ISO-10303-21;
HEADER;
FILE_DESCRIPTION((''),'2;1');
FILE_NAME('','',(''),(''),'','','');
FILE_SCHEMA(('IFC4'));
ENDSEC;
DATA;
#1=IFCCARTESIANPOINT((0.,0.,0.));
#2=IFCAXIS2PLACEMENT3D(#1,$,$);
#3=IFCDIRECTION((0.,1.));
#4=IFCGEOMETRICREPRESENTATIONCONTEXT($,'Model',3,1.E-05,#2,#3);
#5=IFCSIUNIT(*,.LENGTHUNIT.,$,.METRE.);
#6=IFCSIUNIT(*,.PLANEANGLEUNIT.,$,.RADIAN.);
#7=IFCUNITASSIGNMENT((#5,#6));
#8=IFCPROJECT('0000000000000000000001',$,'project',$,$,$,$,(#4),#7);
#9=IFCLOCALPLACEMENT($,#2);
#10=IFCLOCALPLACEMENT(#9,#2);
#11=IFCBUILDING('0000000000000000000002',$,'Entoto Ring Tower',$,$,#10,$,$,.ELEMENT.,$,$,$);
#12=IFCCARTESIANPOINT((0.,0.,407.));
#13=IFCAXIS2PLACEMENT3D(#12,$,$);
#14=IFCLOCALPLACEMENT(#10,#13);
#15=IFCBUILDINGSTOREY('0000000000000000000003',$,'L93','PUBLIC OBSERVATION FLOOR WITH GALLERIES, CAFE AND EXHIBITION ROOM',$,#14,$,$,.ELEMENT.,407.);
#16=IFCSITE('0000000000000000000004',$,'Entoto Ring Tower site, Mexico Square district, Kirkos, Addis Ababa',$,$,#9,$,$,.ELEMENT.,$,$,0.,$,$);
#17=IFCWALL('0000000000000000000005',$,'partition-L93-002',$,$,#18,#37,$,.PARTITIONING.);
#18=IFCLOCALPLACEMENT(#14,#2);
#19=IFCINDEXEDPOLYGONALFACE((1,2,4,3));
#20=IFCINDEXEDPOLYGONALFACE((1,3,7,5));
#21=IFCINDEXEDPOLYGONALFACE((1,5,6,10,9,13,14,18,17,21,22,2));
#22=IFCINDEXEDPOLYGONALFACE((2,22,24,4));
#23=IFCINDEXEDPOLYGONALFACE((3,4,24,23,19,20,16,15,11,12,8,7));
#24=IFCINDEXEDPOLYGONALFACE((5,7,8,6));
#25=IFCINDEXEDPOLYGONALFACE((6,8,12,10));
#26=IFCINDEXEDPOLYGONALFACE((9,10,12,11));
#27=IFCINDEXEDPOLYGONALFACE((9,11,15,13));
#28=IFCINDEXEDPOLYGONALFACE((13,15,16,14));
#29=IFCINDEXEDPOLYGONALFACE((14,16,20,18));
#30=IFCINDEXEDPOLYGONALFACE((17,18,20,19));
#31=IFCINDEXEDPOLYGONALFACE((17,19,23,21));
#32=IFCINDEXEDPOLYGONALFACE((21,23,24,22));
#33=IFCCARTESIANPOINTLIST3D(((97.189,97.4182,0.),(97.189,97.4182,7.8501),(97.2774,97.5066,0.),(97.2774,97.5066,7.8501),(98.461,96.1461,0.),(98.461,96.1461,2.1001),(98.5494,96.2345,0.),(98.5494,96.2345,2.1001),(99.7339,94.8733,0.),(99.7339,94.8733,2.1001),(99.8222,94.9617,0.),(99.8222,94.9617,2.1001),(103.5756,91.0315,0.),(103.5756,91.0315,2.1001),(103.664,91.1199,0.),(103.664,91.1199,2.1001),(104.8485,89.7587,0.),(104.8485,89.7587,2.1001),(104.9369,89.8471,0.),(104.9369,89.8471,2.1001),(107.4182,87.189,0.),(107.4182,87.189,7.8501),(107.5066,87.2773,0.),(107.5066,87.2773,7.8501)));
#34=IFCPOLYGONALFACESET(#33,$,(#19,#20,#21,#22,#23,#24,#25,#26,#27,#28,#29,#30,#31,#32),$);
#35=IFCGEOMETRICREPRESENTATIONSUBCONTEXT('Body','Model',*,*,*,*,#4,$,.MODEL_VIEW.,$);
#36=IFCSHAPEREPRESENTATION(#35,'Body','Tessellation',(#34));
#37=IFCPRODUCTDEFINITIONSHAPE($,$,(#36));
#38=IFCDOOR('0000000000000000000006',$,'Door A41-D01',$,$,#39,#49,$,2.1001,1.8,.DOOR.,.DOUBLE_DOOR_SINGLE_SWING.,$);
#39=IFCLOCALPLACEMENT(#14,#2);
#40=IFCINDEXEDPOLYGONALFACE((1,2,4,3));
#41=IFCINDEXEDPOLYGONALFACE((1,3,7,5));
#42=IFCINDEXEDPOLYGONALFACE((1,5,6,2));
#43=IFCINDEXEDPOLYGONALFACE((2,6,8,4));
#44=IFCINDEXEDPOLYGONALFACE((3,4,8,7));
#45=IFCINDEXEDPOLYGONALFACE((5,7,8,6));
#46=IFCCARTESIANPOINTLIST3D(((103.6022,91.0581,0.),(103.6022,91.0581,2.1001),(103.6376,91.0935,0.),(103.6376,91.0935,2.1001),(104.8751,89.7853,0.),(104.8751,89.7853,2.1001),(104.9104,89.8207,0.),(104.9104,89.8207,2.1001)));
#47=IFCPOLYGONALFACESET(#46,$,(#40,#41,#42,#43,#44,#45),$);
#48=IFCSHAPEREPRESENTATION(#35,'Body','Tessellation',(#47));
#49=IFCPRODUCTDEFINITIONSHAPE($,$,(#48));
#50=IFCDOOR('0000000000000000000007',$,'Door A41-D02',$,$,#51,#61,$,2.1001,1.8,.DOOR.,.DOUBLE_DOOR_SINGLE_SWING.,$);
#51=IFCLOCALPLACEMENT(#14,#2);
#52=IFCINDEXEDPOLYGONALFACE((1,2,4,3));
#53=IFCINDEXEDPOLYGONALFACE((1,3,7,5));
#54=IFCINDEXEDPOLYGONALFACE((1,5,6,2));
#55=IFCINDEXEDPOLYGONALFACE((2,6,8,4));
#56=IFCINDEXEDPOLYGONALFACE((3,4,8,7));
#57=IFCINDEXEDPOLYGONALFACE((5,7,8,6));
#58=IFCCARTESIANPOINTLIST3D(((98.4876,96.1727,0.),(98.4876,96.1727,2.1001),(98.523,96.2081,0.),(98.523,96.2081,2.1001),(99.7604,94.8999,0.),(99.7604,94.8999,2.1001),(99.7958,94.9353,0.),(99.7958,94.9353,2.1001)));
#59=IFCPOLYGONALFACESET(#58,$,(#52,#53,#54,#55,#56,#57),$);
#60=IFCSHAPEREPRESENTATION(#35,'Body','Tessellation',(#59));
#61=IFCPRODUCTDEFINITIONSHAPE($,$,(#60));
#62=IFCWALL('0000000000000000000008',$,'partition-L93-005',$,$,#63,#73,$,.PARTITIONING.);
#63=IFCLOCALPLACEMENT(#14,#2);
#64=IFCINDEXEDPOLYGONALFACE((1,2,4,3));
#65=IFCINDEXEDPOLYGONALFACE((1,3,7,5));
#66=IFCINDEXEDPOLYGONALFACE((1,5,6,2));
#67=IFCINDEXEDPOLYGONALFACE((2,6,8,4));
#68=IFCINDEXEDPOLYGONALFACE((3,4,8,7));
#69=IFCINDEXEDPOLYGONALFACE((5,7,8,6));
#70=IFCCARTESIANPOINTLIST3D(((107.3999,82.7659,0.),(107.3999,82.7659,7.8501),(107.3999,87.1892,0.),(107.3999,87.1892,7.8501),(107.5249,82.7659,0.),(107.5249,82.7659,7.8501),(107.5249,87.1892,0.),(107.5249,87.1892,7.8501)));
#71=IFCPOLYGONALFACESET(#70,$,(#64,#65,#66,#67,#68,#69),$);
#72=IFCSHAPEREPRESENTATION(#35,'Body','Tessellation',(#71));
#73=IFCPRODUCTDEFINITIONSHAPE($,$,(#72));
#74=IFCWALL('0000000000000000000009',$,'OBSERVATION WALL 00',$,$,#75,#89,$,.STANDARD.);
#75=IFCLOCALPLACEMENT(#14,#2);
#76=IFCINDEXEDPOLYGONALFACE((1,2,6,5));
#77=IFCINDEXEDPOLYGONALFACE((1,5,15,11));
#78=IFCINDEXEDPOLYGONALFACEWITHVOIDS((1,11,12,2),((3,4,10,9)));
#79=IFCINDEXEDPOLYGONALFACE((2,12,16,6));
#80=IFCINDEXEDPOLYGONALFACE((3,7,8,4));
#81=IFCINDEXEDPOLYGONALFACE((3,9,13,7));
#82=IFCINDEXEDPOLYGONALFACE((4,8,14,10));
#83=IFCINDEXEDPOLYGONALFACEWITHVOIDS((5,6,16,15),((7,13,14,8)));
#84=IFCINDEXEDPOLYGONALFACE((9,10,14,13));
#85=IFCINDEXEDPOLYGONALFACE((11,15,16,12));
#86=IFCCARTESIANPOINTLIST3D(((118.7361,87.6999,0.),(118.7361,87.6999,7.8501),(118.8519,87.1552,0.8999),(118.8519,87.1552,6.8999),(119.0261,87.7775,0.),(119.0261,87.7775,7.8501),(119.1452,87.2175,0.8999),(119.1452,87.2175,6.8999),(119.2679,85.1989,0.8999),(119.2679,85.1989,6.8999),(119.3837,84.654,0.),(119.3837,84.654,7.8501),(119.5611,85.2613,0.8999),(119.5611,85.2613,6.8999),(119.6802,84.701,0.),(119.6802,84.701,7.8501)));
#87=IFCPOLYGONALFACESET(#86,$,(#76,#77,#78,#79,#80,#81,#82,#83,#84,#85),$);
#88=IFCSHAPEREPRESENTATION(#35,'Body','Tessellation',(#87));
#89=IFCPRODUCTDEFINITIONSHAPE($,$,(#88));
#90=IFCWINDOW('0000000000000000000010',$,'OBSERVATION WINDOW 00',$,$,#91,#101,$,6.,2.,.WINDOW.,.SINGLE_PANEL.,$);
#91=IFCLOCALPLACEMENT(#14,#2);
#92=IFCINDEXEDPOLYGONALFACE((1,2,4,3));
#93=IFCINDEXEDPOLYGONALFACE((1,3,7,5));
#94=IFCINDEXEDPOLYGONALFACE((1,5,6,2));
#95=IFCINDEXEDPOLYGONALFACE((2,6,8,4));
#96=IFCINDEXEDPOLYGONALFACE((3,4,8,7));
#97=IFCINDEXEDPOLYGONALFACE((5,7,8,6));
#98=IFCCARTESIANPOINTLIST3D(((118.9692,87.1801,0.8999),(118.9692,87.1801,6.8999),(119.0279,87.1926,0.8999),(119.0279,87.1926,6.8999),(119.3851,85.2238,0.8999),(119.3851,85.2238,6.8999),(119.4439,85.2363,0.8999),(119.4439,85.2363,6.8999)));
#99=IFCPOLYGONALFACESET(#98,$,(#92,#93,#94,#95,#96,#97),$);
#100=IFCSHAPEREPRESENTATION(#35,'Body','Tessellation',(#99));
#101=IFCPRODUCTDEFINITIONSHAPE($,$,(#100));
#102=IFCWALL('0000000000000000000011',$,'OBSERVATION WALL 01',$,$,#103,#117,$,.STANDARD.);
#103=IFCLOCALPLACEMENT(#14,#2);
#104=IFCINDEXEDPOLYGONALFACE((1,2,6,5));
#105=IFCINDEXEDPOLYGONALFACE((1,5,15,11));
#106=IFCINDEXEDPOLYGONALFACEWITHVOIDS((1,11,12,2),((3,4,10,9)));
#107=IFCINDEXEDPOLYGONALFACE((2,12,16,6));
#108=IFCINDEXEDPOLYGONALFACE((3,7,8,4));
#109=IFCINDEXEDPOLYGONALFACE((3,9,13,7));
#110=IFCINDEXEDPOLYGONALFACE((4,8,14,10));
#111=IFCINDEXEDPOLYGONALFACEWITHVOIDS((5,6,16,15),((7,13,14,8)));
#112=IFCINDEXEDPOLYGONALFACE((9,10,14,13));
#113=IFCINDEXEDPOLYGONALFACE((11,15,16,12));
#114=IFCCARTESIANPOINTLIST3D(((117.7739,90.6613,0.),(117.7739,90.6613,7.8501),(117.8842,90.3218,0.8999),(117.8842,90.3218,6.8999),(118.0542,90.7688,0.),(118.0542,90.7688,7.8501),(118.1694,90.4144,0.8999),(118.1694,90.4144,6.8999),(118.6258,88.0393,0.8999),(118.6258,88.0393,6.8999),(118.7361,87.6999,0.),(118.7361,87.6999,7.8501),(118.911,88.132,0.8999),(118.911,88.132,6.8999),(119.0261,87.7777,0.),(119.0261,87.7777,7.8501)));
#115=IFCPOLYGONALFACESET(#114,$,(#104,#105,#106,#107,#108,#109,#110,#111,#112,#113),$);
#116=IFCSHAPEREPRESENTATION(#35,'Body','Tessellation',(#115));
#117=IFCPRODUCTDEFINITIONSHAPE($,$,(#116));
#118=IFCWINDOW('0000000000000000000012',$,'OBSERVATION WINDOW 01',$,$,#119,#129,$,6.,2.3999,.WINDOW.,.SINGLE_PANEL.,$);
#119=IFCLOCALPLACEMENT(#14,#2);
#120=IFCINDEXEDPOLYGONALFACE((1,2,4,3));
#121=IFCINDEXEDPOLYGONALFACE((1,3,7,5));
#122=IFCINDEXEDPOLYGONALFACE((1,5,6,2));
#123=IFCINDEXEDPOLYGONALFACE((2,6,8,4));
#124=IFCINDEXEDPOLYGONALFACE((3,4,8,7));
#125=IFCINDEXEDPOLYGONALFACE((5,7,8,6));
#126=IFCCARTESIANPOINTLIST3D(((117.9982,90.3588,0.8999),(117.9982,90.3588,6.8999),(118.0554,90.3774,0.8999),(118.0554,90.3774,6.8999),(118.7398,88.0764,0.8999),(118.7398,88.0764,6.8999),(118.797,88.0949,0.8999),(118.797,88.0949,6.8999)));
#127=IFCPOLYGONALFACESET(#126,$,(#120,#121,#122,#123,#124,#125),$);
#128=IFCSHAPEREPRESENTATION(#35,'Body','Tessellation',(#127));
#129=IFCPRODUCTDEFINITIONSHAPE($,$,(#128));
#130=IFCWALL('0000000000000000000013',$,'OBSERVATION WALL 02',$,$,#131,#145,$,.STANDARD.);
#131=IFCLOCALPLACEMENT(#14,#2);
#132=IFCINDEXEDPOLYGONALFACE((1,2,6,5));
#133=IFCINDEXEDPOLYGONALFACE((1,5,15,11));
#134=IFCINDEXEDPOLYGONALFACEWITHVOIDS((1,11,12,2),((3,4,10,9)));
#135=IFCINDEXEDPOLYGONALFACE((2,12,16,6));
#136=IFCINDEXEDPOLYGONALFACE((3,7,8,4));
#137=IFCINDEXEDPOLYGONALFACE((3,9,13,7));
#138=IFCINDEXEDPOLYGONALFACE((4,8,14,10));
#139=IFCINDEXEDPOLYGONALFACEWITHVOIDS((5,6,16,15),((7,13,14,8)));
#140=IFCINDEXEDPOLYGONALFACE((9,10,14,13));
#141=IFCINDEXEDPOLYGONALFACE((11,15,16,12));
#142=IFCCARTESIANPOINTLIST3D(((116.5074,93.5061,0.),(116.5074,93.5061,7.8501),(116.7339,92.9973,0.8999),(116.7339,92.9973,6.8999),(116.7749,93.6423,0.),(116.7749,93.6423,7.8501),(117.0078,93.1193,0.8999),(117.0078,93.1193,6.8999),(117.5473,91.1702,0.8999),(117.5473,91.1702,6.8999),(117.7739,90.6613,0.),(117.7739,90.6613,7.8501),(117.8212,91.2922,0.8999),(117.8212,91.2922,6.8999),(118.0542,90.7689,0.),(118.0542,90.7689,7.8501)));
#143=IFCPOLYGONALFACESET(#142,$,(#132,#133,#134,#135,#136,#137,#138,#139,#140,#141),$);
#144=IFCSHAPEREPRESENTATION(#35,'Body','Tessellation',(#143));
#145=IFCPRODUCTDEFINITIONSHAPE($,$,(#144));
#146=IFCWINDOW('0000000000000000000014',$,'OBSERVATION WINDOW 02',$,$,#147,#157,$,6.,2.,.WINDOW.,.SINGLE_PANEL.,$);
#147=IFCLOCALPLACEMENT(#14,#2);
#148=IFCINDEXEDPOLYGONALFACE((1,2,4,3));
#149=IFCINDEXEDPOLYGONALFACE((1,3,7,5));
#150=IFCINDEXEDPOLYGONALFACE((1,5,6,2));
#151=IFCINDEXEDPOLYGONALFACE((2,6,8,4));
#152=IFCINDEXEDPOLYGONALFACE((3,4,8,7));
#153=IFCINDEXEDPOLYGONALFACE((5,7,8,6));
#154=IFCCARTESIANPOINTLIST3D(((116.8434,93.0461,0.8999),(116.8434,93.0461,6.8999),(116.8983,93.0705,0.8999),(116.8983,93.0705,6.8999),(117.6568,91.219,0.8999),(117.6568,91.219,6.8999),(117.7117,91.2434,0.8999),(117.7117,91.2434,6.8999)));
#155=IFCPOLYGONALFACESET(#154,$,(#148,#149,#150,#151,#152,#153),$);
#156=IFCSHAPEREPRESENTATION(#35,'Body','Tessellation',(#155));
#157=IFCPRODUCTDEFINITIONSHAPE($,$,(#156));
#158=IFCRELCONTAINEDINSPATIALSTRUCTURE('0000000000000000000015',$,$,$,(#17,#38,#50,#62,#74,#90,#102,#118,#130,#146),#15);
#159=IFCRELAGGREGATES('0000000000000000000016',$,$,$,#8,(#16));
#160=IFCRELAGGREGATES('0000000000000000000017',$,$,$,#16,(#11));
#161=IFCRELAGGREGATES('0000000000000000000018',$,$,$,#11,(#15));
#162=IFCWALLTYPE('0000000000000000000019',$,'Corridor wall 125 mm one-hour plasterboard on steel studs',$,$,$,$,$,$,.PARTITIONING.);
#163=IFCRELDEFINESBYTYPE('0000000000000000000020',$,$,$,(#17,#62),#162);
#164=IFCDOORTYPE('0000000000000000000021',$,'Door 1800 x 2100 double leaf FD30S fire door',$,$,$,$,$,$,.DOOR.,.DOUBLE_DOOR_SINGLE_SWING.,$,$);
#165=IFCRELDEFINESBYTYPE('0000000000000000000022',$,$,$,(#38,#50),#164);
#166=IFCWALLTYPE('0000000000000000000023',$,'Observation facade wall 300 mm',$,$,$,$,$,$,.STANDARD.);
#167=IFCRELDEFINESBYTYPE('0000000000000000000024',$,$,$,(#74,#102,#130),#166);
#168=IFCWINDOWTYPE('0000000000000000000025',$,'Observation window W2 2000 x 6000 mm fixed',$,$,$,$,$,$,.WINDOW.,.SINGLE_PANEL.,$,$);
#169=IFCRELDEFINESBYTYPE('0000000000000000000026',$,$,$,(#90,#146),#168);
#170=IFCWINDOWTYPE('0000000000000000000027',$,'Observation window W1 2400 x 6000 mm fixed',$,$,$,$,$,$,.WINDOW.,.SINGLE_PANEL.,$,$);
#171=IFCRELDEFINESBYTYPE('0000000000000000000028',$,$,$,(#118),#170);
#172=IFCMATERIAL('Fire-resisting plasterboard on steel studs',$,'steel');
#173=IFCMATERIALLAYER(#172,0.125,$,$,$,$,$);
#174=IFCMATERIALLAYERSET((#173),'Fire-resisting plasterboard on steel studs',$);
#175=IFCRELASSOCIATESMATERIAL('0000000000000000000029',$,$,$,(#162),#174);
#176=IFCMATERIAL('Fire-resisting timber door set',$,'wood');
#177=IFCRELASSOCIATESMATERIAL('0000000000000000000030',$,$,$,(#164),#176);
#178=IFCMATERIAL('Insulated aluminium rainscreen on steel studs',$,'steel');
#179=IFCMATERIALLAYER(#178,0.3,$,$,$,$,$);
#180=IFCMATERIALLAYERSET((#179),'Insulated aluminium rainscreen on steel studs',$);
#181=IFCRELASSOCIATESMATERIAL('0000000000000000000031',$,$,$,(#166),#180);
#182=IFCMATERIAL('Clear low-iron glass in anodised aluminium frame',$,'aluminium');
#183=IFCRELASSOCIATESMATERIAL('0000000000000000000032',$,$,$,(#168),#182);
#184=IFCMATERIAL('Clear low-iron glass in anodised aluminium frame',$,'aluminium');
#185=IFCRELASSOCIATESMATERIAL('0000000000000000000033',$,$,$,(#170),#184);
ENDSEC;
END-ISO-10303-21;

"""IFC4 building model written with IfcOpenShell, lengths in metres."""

from ifc_helpers import new_model, si_unit, direction, frame, frame_2d, origin, place, context, subcontext, project, spatial, polyline, rectangle, outline, extrude, material, layer, layer_set, type_object, element, fill, save


model = new_model("IFC4")

# Units and contexts
model_context = context("Model", 3, precision=1e-05, world=origin(), true_north=direction((0.0, 1.0)))
body_context = subcontext(model_context, "Body", "Model", "MODEL_VIEW")
ifc_project = project(units=[si_unit("LENGTHUNIT", "METRE"), si_unit("PLANEANGLEUNIT", "RADIAN")], contexts=[model_context])

# Site, building, storey
site_placement = place(None, origin())
site = spatial("IfcSite", under=ifc_project, at=site_placement, Name="Entoto Ring Tower site, Mexico Square district, Kirkos, Addis Ababa", CompositionType="ELEMENT", RefElevation=0.0)
building_placement = place(site_placement, origin())
building = spatial("IfcBuilding", under=site, at=building_placement, Name="Entoto Ring Tower", CompositionType="ELEMENT")
storey_placement = place(building_placement, frame((0.0, 0.0, 407.0)))
storey = spatial("IfcBuildingStorey", under=building, at=storey_placement, Name="L93", Description="PUBLIC OBSERVATION FLOOR WITH GALLERIES, CAFE AND EXHIBITION ROOM", CompositionType="ELEMENT", Elevation=407.0)

# Wall, openings, doors
ifc_material_1 = material(Name="Fire-resisting plasterboard on steel studs", Category="steel")
ifc_layer_1 = layer(ifc_material_1, 0.125)
ifc_layer_set_1 = layer_set([ifc_layer_1], Name="Fire-resisting plasterboard on steel studs")
wall_type_1 = type_object("IfcWallType", Name="Corridor wall 125 mm one-hour plasterboard on steel studs", PredefinedType="PARTITIONING", material=ifc_layer_set_1)
wall_1_placement = place(storey_placement, frame((107.4624, 87.2332, 0.0), z_axis=(0.0, 0.0, 1.0), x_axis=(-0.707107, 0.707107, 0.0)))
wall_1 = element("IfcWall", 1, at=wall_1_placement, inside=storey, type_object=wall_type_1, Name="partition-L93-002", PredefinedType="PARTITIONING", context=body_context, shape_type="SweptSolid", body=[
    extrude(rectangle(XDim=14.4663, YDim=0.125, at=frame_2d((7.2332, 0.0))), origin(), (0.0, 0.0, 1.0), 7.8501),
])
opening_1_placement = place(wall_1_placement, frame((3.6343, 0.0, 0.0)))
opening_1 = element("IfcOpeningElement", 2, at=opening_1_placement, cuts=wall_1, PredefinedType="OPENING", context=body_context, shape_type="SweptSolid", body=[
    extrude(rectangle(XDim=1.8, YDim=2.1001, at=frame_2d((0.8999, 1.05))), frame((0.0, 0.0725, 0.0), z_axis=(0.0, -1.0, 0.0), x_axis=(1.0, 0.0, 0.0)), (0.0, 0.0, 1.0), 0.145),
])
opening_2_placement = place(wall_1_placement, frame((10.8674, 0.0, 0.0)))
opening_2 = element("IfcOpeningElement", 3, at=opening_2_placement, cuts=wall_1, PredefinedType="OPENING", context=body_context, shape_type="SweptSolid", body=[
    extrude(rectangle(XDim=1.8, YDim=2.1001, at=frame_2d((0.8999, 1.05))), frame((0.0, 0.0725, 0.0), z_axis=(0.0, -1.0, 0.0), x_axis=(1.0, 0.0, 0.0)), (0.0, 0.0, 1.0), 0.145),
])
ifc_material_2 = material(Name="Fire-resisting timber door set", Category="wood")
door_type = type_object("IfcDoorType", Name="Door 1800 x 2100 double leaf FD30S fire door", OperationType="DOUBLE_DOOR_SINGLE_SWING", PredefinedType="DOOR", material=ifc_material_2)
door_1_placement = place(opening_1_placement, origin())
door_1 = element("IfcDoor", 4, at=door_1_placement, inside=storey, type_object=door_type, Name="Door A41-D01", OperationType="DOUBLE_DOOR_SINGLE_SWING", OverallHeight=2.1001, OverallWidth=1.8, PredefinedType="DOOR", context=body_context, shape_type="SweptSolid", body=[
    extrude(rectangle(XDim=1.8, YDim=2.1001, at=frame_2d((0.8999, 1.05))), frame((0.0, 0.0249, 0.0), z_axis=(0.0, -1.0, 0.0), x_axis=(1.0, 0.0, 0.0)), (0.0, 0.0, 1.0), 0.05),
])
fill(opening_1, door_1)
door_2_placement = place(opening_2_placement, origin())
door_2 = element("IfcDoor", 5, at=door_2_placement, inside=storey, type_object=door_type, Name="Door A41-D02", OperationType="DOUBLE_DOOR_SINGLE_SWING", OverallHeight=2.1001, OverallWidth=1.8, PredefinedType="DOOR", context=body_context, shape_type="SweptSolid", body=[
    extrude(rectangle(XDim=1.8, YDim=2.1001, at=frame_2d((0.8999, 1.05))), frame((0.0, 0.0249, 0.0), z_axis=(0.0, -1.0, 0.0), x_axis=(1.0, 0.0, 0.0)), (0.0, 0.0, 1.0), 0.05),
])
fill(opening_2, door_2)

# Wall
wall_2_placement = place(storey_placement, frame((107.4624, 82.7659, 0.0), z_axis=(0.0, 0.0, 1.0), x_axis=(0.0, 1.0, 0.0)))
element("IfcWall", 6, at=wall_2_placement, inside=storey, type_object=wall_type_1, Name="partition-L93-005", PredefinedType="PARTITIONING", context=body_context, shape_type="SweptSolid", body=[
    extrude(rectangle(XDim=4.4233, YDim=0.125, at=frame_2d((2.2117, 0.0))), origin(), (0.0, 0.0, 1.0), 7.8501),
])

# Walls, openings, windows
ifc_material_3 = material(Name="Insulated aluminium rainscreen on steel studs", Category="steel")
ifc_layer_2 = layer(ifc_material_3, 0.3)
ifc_layer_set_2 = layer_set([ifc_layer_2], Name="Insulated aluminium rainscreen on steel studs")
wall_type_2 = type_object("IfcWallType", Name="Observation facade wall 300 mm", PredefinedType="STANDARD", material=ifc_layer_set_2)
wall_3_placement = place(storey_placement, frame((119.532, 84.6775, 0.0), z_axis=(0.0, 0.0, 1.0), x_axis=(-0.207968, 0.978136, 0.0)))
wall_3 = element("IfcWall", 7, at=wall_3_placement, inside=storey, type_object=wall_type_2, Name="OBSERVATION WALL 00", PredefinedType="STANDARD", context=body_context, shape_type="SweptSolid", body=[
    extrude(outline(polyline([(-0.0078, -0.1499), (3.1375, -0.1499), (3.1218, 0.1499), (0.0078, 0.1499), (-0.0078, -0.1499)])), origin(), (0.0, 0.0, 1.0), 7.8501),
])
opening_3_placement = place(wall_3_placement, frame((0.5649, 0.0, 0.8999)))
opening_3 = element("IfcOpeningElement", 8, at=opening_3_placement, cuts=wall_3, PredefinedType="OPENING", context=body_context, shape_type="SweptSolid", body=[
    extrude(rectangle(XDim=2.0, YDim=6.0, at=frame_2d((1.0, 3.0))), frame((0.0, 0.1602, 0.0), z_axis=(0.0, -1.0, 0.0), x_axis=(1.0, 0.0, 0.0)), (0.0, 0.0, 1.0), 0.3201),
])
ifc_material_4 = material(Name="Clear low-iron glass in anodised aluminium frame", Category="aluminium")
window_type_1 = type_object("IfcWindowType", Name="Observation window W2 2000 x 6000 mm fixed", PartitioningType="SINGLE_PANEL", PredefinedType="WINDOW", material=ifc_material_4)
window_1_placement = place(opening_3_placement, origin())
window_1 = element("IfcWindow", 9, at=window_1_placement, inside=storey, type_object=window_type_1, Name="OBSERVATION WINDOW 00", OverallHeight=6.0, OverallWidth=2.0, PartitioningType="SINGLE_PANEL", PredefinedType="WINDOW", context=body_context, shape_type="SweptSolid", body=[
    extrude(rectangle(XDim=2.0, YDim=6.0, at=frame_2d((1.0, 3.0))), frame((0.0, 0.03, 0.0), z_axis=(0.0, -1.0, 0.0), x_axis=(1.0, 0.0, 0.0)), (0.0, 0.0, 1.0), 0.0601),
])
fill(opening_3, window_1)
wall_4_placement = place(storey_placement, frame((118.8811, 87.7388, 0.0), z_axis=(0.0, 0.0, 1.0), x_axis=(-0.30901, 0.951059, 0.0)))
wall_4 = element("IfcWall", 10, at=wall_4_placement, inside=storey, type_object=wall_type_2, Name="OBSERVATION WALL 01", PredefinedType="STANDARD", context=body_context, shape_type="SweptSolid", body=[
    extrude(outline(polyline([(-0.0078, -0.1499), (3.1372, -0.1499), (3.1216, 0.1499), (0.0078, 0.1499), (-0.0078, -0.1499)])), origin(), (0.0, 0.0, 1.0), 7.8501),
])
opening_4_placement = place(wall_4_placement, frame((0.3647, 0.0, 0.8999)))
opening_4 = element("IfcOpeningElement", 11, at=opening_4_placement, cuts=wall_4, PredefinedType="OPENING", context=body_context, shape_type="SweptSolid", body=[
    extrude(rectangle(XDim=2.3999, YDim=6.0, at=frame_2d((1.2, 3.0))), frame((0.0, 0.1602, 0.0), z_axis=(0.0, -1.0, 0.0), x_axis=(1.0, 0.0, 0.0)), (0.0, 0.0, 1.0), 0.3201),
])
ifc_material_5 = material(Name="Clear low-iron glass in anodised aluminium frame", Category="aluminium")
window_type_2 = type_object("IfcWindowType", Name="Observation window W1 2400 x 6000 mm fixed", PartitioningType="SINGLE_PANEL", PredefinedType="WINDOW", material=ifc_material_5)
window_2_placement = place(opening_4_placement, origin())
window_2 = element("IfcWindow", 12, at=window_2_placement, inside=storey, type_object=window_type_2, Name="OBSERVATION WINDOW 01", OverallHeight=6.0, OverallWidth=2.3999, PartitioningType="SINGLE_PANEL", PredefinedType="WINDOW", context=body_context, shape_type="SweptSolid", body=[
    extrude(rectangle(XDim=2.3999, YDim=6.0, at=frame_2d((1.2, 3.0))), frame((0.0, 0.03, 0.0), z_axis=(0.0, -1.0, 0.0), x_axis=(1.0, 0.0, 0.0)), (0.0, 0.0, 1.0), 0.0601),
])
fill(opening_4, window_2)
wall_5_placement = place(storey_placement, frame((117.9141, 90.7151, 0.0), z_axis=(0.0, 0.0, 1.0), x_axis=(-0.406732, 0.913548, 0.0)))
wall_5 = element("IfcWall", 13, at=wall_5_placement, inside=storey, type_object=wall_type_2, Name="OBSERVATION WALL 02", PredefinedType="STANDARD", context=body_context, shape_type="SweptSolid", body=[
    extrude(outline(polyline([(-0.0078, -0.1499), (3.1375, -0.1499), (3.1218, 0.1499), (0.0078, 0.1499), (-0.0078, -0.1499)])), origin(), (0.0, 0.0, 1.0), 7.8501),
])
opening_5_placement = place(wall_5_placement, frame((0.5649, 0.0, 0.8999)))
opening_5 = element("IfcOpeningElement", 14, at=opening_5_placement, cuts=wall_5, PredefinedType="OPENING", context=body_context, shape_type="SweptSolid", body=[
    extrude(rectangle(XDim=2.0, YDim=6.0, at=frame_2d((1.0, 3.0))), frame((0.0, 0.1602, 0.0), z_axis=(0.0, -1.0, 0.0), x_axis=(1.0, 0.0, 0.0)), (0.0, 0.0, 1.0), 0.3201),
])
window_3_placement = place(opening_5_placement, origin())
window_3 = element("IfcWindow", 15, at=window_3_placement, inside=storey, type_object=window_type_1, Name="OBSERVATION WINDOW 02", OverallHeight=6.0, OverallWidth=2.0, PartitioningType="SINGLE_PANEL", PredefinedType="WINDOW", context=body_context, shape_type="SweptSolid", body=[
    extrude(rectangle(XDim=2.0, YDim=6.0, at=frame_2d((1.0, 3.0))), frame((0.0, 0.03, 0.0), z_axis=(0.0, -1.0, 0.0), x_axis=(1.0, 0.0, 0.0)), (0.0, 0.0, 1.0), 0.0601),
])
fill(opening_5, window_3)

save(model, "model.ifc")
